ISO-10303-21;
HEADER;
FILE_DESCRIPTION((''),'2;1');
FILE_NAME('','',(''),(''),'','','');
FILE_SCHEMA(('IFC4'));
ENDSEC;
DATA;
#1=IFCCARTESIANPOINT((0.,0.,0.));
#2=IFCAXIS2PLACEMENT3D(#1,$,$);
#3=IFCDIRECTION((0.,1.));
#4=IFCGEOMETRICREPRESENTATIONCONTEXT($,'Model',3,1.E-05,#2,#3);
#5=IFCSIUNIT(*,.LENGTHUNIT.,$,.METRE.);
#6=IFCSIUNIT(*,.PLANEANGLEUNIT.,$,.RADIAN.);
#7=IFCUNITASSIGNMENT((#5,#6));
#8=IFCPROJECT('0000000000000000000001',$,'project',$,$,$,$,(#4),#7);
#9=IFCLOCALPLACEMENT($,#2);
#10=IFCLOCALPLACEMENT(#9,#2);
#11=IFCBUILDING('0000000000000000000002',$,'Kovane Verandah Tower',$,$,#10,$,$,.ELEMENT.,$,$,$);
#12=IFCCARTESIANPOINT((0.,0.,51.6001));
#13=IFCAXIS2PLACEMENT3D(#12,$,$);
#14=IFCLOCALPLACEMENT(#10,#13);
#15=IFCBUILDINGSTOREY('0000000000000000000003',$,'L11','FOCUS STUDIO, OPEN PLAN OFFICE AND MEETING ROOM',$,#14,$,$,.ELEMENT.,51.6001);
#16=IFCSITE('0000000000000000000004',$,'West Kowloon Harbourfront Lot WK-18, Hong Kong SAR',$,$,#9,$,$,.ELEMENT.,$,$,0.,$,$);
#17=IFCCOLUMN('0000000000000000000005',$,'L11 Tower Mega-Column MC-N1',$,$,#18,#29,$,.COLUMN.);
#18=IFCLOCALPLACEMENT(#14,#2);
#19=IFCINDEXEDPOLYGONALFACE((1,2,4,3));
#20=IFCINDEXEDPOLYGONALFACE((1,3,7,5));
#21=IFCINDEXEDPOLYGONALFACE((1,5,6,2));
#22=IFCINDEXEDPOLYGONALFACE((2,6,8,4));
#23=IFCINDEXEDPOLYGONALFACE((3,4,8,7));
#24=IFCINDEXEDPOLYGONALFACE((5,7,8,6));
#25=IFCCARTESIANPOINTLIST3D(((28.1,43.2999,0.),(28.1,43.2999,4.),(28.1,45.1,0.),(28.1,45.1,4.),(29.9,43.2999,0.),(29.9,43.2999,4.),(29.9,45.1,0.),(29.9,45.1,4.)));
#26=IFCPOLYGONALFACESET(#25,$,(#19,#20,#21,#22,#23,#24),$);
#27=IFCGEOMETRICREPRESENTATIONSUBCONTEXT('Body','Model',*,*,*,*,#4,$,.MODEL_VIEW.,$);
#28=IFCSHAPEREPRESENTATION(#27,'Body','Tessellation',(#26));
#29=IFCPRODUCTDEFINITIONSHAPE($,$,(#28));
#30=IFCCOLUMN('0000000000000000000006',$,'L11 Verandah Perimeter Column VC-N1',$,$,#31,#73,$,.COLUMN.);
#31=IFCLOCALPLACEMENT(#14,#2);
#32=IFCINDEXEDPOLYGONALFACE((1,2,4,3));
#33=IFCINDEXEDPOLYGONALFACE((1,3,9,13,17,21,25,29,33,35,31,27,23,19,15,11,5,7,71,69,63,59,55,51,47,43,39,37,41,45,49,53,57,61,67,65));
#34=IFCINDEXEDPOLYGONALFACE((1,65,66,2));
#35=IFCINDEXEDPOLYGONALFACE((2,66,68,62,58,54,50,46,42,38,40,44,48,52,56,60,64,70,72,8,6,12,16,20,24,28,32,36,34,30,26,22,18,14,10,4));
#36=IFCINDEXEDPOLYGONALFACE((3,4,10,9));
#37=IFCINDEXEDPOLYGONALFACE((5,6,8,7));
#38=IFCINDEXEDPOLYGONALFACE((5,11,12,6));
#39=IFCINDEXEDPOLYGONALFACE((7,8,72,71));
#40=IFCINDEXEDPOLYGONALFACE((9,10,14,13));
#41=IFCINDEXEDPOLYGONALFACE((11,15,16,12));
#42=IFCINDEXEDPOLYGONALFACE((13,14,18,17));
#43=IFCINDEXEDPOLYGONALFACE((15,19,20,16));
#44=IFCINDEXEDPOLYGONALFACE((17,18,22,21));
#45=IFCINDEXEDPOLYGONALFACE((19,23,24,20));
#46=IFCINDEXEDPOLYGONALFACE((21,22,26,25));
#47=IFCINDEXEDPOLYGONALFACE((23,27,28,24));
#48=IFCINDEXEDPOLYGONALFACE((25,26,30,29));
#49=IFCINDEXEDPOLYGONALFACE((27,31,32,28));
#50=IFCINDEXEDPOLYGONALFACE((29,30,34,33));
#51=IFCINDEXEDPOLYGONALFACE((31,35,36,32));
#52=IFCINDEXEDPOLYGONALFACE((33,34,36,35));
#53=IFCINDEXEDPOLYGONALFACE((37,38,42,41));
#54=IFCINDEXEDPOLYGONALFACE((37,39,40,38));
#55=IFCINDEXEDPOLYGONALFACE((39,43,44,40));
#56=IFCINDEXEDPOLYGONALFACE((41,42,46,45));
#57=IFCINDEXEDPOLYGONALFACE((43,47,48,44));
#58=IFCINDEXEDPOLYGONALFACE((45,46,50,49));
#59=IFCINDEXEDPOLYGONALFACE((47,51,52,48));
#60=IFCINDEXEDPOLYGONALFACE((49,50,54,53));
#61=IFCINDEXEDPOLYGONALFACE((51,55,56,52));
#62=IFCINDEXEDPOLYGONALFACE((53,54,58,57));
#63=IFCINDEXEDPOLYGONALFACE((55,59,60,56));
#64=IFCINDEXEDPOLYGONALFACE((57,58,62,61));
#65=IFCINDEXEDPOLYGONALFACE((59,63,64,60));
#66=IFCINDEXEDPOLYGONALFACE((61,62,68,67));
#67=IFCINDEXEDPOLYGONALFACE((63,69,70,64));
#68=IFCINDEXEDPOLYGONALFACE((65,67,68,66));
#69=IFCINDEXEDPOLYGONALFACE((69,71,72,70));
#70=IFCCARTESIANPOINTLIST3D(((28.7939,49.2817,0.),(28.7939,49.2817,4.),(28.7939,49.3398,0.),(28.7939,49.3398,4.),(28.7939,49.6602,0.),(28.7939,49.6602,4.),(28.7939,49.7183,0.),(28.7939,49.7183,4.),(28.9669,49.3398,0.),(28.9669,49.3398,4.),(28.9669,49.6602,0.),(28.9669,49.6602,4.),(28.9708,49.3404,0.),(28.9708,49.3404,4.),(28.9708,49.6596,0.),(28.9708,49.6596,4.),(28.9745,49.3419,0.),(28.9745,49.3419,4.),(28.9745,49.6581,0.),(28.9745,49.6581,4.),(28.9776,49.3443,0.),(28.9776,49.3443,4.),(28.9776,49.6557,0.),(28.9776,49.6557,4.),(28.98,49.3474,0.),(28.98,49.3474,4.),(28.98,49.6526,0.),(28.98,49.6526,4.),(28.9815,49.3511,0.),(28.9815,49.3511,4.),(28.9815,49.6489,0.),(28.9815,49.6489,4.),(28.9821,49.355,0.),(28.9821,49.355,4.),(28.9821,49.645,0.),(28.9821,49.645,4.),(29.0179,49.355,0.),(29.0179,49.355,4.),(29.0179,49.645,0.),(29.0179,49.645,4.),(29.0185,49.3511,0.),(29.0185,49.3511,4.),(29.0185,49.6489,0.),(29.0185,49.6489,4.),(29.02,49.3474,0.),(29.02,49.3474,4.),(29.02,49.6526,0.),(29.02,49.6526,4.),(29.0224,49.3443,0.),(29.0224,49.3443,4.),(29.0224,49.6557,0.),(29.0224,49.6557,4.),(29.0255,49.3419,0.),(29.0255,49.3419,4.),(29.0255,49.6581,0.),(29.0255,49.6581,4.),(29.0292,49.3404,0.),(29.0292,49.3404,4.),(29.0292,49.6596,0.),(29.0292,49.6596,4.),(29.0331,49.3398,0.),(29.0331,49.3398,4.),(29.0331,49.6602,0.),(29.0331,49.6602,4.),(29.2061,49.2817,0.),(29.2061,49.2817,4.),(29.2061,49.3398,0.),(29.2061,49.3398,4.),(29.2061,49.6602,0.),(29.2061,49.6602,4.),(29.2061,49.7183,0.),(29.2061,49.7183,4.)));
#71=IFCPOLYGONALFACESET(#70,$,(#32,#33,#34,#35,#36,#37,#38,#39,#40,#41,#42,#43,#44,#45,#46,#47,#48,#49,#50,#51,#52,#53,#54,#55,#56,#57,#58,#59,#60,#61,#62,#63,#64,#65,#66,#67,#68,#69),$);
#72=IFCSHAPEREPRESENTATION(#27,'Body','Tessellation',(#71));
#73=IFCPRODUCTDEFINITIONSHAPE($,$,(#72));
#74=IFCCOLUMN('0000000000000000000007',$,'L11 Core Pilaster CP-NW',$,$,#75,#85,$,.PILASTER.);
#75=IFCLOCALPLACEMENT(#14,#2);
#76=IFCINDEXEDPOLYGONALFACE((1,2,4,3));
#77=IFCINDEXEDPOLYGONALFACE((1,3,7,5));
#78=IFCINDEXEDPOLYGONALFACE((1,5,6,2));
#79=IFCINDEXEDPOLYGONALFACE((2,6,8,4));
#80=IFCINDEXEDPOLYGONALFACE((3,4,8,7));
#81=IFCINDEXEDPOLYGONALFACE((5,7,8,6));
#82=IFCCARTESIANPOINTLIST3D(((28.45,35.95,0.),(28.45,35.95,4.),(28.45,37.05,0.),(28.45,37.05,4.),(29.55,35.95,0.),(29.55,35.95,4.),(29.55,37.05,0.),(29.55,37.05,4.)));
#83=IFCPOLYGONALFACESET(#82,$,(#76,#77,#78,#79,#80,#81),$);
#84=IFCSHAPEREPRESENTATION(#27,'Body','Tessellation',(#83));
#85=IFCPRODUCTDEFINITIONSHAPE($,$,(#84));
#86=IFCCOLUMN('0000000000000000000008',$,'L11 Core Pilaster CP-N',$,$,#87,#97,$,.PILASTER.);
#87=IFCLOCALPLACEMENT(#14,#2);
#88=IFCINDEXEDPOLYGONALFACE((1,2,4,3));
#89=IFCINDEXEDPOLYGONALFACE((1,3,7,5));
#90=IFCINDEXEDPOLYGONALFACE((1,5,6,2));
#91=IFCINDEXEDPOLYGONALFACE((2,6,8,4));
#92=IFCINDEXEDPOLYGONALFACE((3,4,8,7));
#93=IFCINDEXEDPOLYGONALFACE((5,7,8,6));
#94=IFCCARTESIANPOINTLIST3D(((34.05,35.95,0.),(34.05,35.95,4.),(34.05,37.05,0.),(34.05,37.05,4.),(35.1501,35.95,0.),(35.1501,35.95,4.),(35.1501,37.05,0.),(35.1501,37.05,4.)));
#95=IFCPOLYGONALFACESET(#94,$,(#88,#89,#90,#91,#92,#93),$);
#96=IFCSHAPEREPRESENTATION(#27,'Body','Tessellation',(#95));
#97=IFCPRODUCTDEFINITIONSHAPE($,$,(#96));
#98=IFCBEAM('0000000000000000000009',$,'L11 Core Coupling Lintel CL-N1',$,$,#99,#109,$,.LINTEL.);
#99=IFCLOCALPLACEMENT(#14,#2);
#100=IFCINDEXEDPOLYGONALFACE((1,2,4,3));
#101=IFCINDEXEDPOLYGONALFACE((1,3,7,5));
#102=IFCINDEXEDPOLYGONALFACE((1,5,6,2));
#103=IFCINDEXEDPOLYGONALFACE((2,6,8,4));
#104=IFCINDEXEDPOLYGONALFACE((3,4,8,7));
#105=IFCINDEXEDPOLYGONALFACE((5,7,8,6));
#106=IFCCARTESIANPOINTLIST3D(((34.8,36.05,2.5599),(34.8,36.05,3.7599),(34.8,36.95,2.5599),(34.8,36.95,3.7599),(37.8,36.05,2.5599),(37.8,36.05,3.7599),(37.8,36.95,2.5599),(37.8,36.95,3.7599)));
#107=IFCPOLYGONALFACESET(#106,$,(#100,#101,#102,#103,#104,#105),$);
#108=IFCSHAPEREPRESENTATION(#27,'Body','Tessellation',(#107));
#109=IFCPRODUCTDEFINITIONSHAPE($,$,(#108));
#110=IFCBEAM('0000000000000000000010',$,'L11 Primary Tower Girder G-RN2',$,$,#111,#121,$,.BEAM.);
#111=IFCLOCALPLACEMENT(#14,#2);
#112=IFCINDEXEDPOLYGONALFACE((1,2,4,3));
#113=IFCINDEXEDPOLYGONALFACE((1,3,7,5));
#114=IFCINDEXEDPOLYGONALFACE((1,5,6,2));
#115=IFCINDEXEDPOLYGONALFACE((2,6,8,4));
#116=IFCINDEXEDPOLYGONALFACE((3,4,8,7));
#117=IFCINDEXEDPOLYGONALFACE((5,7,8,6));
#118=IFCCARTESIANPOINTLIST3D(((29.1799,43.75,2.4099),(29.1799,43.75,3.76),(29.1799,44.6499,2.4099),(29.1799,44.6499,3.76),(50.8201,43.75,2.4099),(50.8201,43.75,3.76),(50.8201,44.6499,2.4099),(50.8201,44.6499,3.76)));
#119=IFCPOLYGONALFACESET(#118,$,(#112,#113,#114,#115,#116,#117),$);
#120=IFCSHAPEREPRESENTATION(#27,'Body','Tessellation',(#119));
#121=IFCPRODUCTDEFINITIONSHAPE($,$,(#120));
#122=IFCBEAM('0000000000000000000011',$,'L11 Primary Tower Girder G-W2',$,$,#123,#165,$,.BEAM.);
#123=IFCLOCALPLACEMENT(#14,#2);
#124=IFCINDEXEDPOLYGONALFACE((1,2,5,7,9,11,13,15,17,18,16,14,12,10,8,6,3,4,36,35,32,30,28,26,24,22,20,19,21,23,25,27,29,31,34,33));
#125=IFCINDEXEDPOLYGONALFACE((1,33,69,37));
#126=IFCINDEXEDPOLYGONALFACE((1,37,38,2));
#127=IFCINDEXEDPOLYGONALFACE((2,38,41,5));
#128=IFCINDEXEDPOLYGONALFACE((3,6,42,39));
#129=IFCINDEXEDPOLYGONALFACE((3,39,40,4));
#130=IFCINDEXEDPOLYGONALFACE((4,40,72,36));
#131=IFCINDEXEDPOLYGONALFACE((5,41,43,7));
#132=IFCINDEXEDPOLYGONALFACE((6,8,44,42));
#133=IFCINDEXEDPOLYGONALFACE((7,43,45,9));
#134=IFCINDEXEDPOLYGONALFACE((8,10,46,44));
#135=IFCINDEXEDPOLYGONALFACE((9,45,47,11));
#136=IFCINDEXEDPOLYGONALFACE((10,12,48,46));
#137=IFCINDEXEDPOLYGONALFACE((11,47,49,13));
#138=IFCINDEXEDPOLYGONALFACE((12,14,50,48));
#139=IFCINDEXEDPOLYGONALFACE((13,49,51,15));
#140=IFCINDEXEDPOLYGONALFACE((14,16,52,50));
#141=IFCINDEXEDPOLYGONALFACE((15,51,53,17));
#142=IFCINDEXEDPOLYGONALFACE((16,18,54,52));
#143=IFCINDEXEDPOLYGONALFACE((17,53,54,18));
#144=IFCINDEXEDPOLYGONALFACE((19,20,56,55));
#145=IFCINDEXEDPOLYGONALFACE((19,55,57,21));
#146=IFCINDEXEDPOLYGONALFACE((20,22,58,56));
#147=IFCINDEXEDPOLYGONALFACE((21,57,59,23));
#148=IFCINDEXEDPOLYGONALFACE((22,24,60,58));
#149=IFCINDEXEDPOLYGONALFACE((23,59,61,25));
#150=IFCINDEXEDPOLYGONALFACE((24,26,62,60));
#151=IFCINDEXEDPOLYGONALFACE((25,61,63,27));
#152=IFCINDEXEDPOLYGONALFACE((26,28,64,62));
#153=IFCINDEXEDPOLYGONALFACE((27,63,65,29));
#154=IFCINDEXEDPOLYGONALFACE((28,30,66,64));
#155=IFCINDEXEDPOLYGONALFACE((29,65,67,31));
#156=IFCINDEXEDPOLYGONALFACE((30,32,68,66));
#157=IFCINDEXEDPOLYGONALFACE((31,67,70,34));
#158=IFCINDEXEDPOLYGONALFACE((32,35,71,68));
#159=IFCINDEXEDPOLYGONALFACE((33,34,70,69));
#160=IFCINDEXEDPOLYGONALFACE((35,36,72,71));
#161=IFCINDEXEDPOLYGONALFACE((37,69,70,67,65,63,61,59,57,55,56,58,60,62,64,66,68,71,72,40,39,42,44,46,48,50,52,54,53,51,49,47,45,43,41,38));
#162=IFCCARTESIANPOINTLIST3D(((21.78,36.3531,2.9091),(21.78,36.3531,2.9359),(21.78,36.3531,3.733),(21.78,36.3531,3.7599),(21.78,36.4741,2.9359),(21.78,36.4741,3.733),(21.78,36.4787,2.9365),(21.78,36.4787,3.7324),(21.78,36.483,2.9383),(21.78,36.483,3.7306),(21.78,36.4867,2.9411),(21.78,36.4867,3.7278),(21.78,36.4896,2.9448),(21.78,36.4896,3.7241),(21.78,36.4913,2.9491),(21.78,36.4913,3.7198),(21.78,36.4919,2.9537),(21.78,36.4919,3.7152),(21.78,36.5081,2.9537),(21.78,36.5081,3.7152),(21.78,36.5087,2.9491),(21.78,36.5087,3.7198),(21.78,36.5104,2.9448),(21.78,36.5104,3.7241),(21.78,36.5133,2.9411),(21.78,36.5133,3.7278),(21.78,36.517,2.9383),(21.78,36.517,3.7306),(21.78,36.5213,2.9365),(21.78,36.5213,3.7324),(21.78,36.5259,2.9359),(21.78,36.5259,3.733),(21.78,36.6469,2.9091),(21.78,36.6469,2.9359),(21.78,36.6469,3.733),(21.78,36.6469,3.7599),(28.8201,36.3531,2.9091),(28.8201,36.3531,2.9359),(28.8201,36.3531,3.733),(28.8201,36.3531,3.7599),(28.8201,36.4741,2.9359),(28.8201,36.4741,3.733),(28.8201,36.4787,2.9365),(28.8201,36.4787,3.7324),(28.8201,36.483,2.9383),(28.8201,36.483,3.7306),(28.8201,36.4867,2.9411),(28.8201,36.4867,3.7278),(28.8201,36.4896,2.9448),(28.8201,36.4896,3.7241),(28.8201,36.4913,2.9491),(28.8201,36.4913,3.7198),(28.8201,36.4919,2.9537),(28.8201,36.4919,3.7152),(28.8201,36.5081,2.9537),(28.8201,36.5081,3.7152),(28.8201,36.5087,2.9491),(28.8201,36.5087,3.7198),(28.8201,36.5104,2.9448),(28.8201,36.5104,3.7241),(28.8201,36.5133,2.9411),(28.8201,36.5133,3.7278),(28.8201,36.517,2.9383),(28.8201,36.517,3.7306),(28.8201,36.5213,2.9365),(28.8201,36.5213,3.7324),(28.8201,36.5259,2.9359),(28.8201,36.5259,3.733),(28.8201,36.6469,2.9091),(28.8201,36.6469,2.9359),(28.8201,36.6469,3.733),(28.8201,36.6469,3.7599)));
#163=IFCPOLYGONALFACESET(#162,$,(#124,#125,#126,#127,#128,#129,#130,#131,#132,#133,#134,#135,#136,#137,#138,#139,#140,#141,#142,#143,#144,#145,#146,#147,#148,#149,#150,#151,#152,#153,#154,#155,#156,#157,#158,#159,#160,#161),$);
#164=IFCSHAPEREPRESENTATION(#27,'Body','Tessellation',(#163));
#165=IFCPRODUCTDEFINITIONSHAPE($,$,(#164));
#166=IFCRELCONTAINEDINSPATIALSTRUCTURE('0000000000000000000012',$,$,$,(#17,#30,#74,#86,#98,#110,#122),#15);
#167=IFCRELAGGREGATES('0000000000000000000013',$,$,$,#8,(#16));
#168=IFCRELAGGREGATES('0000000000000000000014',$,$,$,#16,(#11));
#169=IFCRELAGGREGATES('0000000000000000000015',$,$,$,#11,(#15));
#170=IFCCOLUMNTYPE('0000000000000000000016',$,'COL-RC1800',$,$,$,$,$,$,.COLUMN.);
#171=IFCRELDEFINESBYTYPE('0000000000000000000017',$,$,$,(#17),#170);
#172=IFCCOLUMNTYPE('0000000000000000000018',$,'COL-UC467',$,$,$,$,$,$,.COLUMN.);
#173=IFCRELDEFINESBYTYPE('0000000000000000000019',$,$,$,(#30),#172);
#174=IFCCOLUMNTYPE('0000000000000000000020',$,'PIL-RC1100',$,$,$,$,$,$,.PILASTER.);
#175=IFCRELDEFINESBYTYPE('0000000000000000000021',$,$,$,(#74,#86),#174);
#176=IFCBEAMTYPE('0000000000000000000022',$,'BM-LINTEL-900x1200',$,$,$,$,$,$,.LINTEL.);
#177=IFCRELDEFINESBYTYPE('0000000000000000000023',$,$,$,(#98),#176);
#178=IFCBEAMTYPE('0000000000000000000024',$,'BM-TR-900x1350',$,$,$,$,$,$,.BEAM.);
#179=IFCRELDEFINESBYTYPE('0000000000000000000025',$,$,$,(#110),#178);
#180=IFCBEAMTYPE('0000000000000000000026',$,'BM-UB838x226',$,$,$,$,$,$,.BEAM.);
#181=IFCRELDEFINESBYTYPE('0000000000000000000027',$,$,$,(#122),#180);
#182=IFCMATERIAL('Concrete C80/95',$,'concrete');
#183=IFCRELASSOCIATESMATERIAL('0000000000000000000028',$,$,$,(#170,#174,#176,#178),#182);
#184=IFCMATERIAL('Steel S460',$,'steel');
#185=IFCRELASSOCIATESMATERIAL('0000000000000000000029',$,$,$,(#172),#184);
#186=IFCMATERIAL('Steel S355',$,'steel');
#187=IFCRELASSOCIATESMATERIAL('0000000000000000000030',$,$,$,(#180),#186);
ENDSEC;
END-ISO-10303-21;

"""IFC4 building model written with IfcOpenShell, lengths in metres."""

from ifc_helpers import new_model, si_unit, direction, frame, origin, origin_2d, place, context, subcontext, project, spatial, rectangle, i_section, extrude, material, material_profile, profile_set, type_object, element, save


model = new_model("IFC4")

# Units and contexts
model_context = context("Model", 3, precision=1e-05, world=origin(), true_north=direction((0.0, 1.0)))
body_context = subcontext(model_context, "Body", "Model", "MODEL_VIEW")
ifc_project = project(units=[si_unit("LENGTHUNIT", "METRE"), si_unit("PLANEANGLEUNIT", "RADIAN")], contexts=[model_context])

# Site, building, storey
site_placement = place(None, origin())
site = spatial("IfcSite", under=ifc_project, at=site_placement, Name="West Kowloon Harbourfront Lot WK-18, Hong Kong SAR", CompositionType="ELEMENT", RefElevation=0.0)
building_placement = place(site_placement, origin())
building = spatial("IfcBuilding", under=site, at=building_placement, Name="Kovane Verandah Tower", CompositionType="ELEMENT")
storey_placement = place(building_placement, frame((0.0, 0.0, 51.6001)))
storey = spatial("IfcBuildingStorey", under=building, at=storey_placement, Name="L11", Description="FOCUS STUDIO, OPEN PLAN OFFICE AND MEETING ROOM", CompositionType="ELEMENT", Elevation=51.6001)

# Columns
ifc_material_1 = material(Name="Concrete C80/95", Category="concrete")
ifc_material_profile_1 = material_profile(ifc_material_1, rectangle(XDim=1.8, YDim=1.8, at=origin_2d()), Name="RC1800x1800")
ifc_profile_set_1 = profile_set([ifc_material_profile_1], Name="Concrete C80/95")
column_type_1 = type_object("IfcColumnType", Name="COL-RC1800", PredefinedType="COLUMN", material=ifc_profile_set_1)
column_1_placement = place(storey_placement, frame((29.0, 44.2, 0.0), z_axis=(0.0, 0.0, 1.0), x_axis=(1.0, 0.0, 0.0)))
element("IfcColumn", 1, at=column_1_placement, inside=storey, type_object=column_type_1, Name="L11 Tower Mega-Column MC-N1", PredefinedType="COLUMN", context=body_context, shape_type="SweptSolid", body=[
    extrude(rectangle(XDim=1.8, YDim=1.8, at=origin_2d()), origin(), (0.0, 0.0, 1.0), 4.0),
])
ifc_material_2 = material(Name="Steel S460", Category="steel")
ifc_material_profile_2 = material_profile(ifc_material_2, i_section(OverallWidth=0.4121, OverallDepth=0.4365, WebThickness=0.0359, FlangeThickness=0.0581, FilletRadius=0.0151, at=origin_2d()), Name="UC356x406x467")
ifc_profile_set_2 = profile_set([ifc_material_profile_2], Name="Steel S460")
column_type_2 = type_object("IfcColumnType", Name="COL-UC467", PredefinedType="COLUMN", material=ifc_profile_set_2)
column_2_placement = place(storey_placement, frame((29.0, 49.5, 0.0), z_axis=(0.0, 0.0, 1.0), x_axis=(1.0, 0.0, 0.0)))
element("IfcColumn", 2, at=column_2_placement, inside=storey, type_object=column_type_2, Name="L11 Verandah Perimeter Column VC-N1", PredefinedType="COLUMN", context=body_context, shape_type="SweptSolid", body=[
    extrude(i_section(OverallWidth=0.4121, OverallDepth=0.4365, WebThickness=0.0359, FlangeThickness=0.0581, FilletRadius=0.0151, at=origin_2d()), origin(), (0.0, 0.0, 1.0), 4.0),
])
ifc_material_profile_3 = material_profile(ifc_material_1, rectangle(XDim=1.1001, YDim=1.1001, at=origin_2d()), Name="RC1100x1100")
ifc_profile_set_3 = profile_set([ifc_material_profile_3], Name="Concrete C80/95")
column_type_3 = type_object("IfcColumnType", Name="PIL-RC1100", PredefinedType="PILASTER", material=ifc_profile_set_3)
for number, where, z_axis, x_axis, name in (
    (3, (29.0, 36.5, 0.0), (0.0, 0.0, 1.0), (1.0, 0.0, 0.0), "L11 Core Pilaster CP-NW"),
    (4, (34.6001, 36.5, 0.0), (0.0, 0.0, 1.0), (1.0, 0.0, 0.0), "L11 Core Pilaster CP-N"),
):
    element("IfcColumn", number, at=place(storey_placement, frame(where, z_axis=z_axis, x_axis=x_axis)), inside=storey, type_object=column_type_3, Name=name, PredefinedType="PILASTER", context=body_context, shape_type="SweptSolid", body=[
        extrude(rectangle(XDim=1.1001, YDim=1.1001, at=origin_2d()), origin(), (0.0, 0.0, 1.0), 4.0),
    ])

# Beams
ifc_material_profile_4 = material_profile(ifc_material_1, rectangle(XDim=0.8999, YDim=1.2, at=origin_2d()), Name="RCB900x1200")
ifc_profile_set_4 = profile_set([ifc_material_profile_4], Name="Concrete C80/95")
beam_type_1 = type_object("IfcBeamType", Name="BM-LINTEL-900x1200", PredefinedType="LINTEL", material=ifc_profile_set_4)
beam_1_placement = place(storey_placement, frame((34.8, 36.5, 3.1599), z_axis=(1.0, 0.0, 0.0), x_axis=(0.0, 1.0, 0.0)))
element("IfcBeam", 5, at=beam_1_placement, inside=storey, type_object=beam_type_1, Name="L11 Core Coupling Lintel CL-N1", PredefinedType="LINTEL", context=body_context, shape_type="SweptSolid", body=[
    extrude(rectangle(XDim=0.8999, YDim=1.2, at=origin_2d()), origin(), (0.0, 0.0, 1.0), 3.0),
])
ifc_material_profile_5 = material_profile(ifc_material_1, rectangle(XDim=0.8999, YDim=1.3501, at=origin_2d()), Name="RCB900x1350")
ifc_profile_set_5 = profile_set([ifc_material_profile_5], Name="Concrete C80/95")
beam_type_2 = type_object("IfcBeamType", Name="BM-TR-900x1350", PredefinedType="BEAM", material=ifc_profile_set_5)
beam_2_placement = place(storey_placement, frame((29.1799, 44.2, 3.085), z_axis=(1.0, 0.0, 0.0), x_axis=(0.0, 1.0, 0.0)))
element("IfcBeam", 6, at=beam_2_placement, inside=storey, type_object=beam_type_2, Name="L11 Primary Tower Girder G-RN2", PredefinedType="BEAM", context=body_context, shape_type="SweptSolid", body=[
    extrude(rectangle(XDim=0.8999, YDim=1.3501, at=origin_2d()), origin(), (0.0, 0.0, 1.0), 21.6401),
])
ifc_material_3 = material(Name="Steel S355", Category="steel")
ifc_material_profile_6 = material_profile(ifc_material_3, i_section(OverallWidth=0.2937, OverallDepth=0.8508, WebThickness=0.0161, FlangeThickness=0.0269, FilletRadius=0.0178, at=origin_2d()), Name="UB838x292x226")
ifc_profile_set_6 = profile_set([ifc_material_profile_6], Name="Steel S355")
beam_type_3 = type_object("IfcBeamType", Name="BM-UB838x226", PredefinedType="BEAM", material=ifc_profile_set_6)
beam_3_placement = place(storey_placement, frame((28.8201, 36.5, 3.3345), z_axis=(-1.0, 0.0, 0.0), x_axis=(0.0, -1.0, 0.0)))
element("IfcBeam", 7, at=beam_3_placement, inside=storey, type_object=beam_type_3, Name="L11 Primary Tower Girder G-W2", PredefinedType="BEAM", context=body_context, shape_type="SweptSolid", body=[
    extrude(i_section(OverallWidth=0.2937, OverallDepth=0.8508, WebThickness=0.0161, FlangeThickness=0.0269, FilletRadius=0.0178, at=origin_2d()), origin(), (0.0, 0.0, 1.0), 7.04),
])

save(model, "model.ifc")
